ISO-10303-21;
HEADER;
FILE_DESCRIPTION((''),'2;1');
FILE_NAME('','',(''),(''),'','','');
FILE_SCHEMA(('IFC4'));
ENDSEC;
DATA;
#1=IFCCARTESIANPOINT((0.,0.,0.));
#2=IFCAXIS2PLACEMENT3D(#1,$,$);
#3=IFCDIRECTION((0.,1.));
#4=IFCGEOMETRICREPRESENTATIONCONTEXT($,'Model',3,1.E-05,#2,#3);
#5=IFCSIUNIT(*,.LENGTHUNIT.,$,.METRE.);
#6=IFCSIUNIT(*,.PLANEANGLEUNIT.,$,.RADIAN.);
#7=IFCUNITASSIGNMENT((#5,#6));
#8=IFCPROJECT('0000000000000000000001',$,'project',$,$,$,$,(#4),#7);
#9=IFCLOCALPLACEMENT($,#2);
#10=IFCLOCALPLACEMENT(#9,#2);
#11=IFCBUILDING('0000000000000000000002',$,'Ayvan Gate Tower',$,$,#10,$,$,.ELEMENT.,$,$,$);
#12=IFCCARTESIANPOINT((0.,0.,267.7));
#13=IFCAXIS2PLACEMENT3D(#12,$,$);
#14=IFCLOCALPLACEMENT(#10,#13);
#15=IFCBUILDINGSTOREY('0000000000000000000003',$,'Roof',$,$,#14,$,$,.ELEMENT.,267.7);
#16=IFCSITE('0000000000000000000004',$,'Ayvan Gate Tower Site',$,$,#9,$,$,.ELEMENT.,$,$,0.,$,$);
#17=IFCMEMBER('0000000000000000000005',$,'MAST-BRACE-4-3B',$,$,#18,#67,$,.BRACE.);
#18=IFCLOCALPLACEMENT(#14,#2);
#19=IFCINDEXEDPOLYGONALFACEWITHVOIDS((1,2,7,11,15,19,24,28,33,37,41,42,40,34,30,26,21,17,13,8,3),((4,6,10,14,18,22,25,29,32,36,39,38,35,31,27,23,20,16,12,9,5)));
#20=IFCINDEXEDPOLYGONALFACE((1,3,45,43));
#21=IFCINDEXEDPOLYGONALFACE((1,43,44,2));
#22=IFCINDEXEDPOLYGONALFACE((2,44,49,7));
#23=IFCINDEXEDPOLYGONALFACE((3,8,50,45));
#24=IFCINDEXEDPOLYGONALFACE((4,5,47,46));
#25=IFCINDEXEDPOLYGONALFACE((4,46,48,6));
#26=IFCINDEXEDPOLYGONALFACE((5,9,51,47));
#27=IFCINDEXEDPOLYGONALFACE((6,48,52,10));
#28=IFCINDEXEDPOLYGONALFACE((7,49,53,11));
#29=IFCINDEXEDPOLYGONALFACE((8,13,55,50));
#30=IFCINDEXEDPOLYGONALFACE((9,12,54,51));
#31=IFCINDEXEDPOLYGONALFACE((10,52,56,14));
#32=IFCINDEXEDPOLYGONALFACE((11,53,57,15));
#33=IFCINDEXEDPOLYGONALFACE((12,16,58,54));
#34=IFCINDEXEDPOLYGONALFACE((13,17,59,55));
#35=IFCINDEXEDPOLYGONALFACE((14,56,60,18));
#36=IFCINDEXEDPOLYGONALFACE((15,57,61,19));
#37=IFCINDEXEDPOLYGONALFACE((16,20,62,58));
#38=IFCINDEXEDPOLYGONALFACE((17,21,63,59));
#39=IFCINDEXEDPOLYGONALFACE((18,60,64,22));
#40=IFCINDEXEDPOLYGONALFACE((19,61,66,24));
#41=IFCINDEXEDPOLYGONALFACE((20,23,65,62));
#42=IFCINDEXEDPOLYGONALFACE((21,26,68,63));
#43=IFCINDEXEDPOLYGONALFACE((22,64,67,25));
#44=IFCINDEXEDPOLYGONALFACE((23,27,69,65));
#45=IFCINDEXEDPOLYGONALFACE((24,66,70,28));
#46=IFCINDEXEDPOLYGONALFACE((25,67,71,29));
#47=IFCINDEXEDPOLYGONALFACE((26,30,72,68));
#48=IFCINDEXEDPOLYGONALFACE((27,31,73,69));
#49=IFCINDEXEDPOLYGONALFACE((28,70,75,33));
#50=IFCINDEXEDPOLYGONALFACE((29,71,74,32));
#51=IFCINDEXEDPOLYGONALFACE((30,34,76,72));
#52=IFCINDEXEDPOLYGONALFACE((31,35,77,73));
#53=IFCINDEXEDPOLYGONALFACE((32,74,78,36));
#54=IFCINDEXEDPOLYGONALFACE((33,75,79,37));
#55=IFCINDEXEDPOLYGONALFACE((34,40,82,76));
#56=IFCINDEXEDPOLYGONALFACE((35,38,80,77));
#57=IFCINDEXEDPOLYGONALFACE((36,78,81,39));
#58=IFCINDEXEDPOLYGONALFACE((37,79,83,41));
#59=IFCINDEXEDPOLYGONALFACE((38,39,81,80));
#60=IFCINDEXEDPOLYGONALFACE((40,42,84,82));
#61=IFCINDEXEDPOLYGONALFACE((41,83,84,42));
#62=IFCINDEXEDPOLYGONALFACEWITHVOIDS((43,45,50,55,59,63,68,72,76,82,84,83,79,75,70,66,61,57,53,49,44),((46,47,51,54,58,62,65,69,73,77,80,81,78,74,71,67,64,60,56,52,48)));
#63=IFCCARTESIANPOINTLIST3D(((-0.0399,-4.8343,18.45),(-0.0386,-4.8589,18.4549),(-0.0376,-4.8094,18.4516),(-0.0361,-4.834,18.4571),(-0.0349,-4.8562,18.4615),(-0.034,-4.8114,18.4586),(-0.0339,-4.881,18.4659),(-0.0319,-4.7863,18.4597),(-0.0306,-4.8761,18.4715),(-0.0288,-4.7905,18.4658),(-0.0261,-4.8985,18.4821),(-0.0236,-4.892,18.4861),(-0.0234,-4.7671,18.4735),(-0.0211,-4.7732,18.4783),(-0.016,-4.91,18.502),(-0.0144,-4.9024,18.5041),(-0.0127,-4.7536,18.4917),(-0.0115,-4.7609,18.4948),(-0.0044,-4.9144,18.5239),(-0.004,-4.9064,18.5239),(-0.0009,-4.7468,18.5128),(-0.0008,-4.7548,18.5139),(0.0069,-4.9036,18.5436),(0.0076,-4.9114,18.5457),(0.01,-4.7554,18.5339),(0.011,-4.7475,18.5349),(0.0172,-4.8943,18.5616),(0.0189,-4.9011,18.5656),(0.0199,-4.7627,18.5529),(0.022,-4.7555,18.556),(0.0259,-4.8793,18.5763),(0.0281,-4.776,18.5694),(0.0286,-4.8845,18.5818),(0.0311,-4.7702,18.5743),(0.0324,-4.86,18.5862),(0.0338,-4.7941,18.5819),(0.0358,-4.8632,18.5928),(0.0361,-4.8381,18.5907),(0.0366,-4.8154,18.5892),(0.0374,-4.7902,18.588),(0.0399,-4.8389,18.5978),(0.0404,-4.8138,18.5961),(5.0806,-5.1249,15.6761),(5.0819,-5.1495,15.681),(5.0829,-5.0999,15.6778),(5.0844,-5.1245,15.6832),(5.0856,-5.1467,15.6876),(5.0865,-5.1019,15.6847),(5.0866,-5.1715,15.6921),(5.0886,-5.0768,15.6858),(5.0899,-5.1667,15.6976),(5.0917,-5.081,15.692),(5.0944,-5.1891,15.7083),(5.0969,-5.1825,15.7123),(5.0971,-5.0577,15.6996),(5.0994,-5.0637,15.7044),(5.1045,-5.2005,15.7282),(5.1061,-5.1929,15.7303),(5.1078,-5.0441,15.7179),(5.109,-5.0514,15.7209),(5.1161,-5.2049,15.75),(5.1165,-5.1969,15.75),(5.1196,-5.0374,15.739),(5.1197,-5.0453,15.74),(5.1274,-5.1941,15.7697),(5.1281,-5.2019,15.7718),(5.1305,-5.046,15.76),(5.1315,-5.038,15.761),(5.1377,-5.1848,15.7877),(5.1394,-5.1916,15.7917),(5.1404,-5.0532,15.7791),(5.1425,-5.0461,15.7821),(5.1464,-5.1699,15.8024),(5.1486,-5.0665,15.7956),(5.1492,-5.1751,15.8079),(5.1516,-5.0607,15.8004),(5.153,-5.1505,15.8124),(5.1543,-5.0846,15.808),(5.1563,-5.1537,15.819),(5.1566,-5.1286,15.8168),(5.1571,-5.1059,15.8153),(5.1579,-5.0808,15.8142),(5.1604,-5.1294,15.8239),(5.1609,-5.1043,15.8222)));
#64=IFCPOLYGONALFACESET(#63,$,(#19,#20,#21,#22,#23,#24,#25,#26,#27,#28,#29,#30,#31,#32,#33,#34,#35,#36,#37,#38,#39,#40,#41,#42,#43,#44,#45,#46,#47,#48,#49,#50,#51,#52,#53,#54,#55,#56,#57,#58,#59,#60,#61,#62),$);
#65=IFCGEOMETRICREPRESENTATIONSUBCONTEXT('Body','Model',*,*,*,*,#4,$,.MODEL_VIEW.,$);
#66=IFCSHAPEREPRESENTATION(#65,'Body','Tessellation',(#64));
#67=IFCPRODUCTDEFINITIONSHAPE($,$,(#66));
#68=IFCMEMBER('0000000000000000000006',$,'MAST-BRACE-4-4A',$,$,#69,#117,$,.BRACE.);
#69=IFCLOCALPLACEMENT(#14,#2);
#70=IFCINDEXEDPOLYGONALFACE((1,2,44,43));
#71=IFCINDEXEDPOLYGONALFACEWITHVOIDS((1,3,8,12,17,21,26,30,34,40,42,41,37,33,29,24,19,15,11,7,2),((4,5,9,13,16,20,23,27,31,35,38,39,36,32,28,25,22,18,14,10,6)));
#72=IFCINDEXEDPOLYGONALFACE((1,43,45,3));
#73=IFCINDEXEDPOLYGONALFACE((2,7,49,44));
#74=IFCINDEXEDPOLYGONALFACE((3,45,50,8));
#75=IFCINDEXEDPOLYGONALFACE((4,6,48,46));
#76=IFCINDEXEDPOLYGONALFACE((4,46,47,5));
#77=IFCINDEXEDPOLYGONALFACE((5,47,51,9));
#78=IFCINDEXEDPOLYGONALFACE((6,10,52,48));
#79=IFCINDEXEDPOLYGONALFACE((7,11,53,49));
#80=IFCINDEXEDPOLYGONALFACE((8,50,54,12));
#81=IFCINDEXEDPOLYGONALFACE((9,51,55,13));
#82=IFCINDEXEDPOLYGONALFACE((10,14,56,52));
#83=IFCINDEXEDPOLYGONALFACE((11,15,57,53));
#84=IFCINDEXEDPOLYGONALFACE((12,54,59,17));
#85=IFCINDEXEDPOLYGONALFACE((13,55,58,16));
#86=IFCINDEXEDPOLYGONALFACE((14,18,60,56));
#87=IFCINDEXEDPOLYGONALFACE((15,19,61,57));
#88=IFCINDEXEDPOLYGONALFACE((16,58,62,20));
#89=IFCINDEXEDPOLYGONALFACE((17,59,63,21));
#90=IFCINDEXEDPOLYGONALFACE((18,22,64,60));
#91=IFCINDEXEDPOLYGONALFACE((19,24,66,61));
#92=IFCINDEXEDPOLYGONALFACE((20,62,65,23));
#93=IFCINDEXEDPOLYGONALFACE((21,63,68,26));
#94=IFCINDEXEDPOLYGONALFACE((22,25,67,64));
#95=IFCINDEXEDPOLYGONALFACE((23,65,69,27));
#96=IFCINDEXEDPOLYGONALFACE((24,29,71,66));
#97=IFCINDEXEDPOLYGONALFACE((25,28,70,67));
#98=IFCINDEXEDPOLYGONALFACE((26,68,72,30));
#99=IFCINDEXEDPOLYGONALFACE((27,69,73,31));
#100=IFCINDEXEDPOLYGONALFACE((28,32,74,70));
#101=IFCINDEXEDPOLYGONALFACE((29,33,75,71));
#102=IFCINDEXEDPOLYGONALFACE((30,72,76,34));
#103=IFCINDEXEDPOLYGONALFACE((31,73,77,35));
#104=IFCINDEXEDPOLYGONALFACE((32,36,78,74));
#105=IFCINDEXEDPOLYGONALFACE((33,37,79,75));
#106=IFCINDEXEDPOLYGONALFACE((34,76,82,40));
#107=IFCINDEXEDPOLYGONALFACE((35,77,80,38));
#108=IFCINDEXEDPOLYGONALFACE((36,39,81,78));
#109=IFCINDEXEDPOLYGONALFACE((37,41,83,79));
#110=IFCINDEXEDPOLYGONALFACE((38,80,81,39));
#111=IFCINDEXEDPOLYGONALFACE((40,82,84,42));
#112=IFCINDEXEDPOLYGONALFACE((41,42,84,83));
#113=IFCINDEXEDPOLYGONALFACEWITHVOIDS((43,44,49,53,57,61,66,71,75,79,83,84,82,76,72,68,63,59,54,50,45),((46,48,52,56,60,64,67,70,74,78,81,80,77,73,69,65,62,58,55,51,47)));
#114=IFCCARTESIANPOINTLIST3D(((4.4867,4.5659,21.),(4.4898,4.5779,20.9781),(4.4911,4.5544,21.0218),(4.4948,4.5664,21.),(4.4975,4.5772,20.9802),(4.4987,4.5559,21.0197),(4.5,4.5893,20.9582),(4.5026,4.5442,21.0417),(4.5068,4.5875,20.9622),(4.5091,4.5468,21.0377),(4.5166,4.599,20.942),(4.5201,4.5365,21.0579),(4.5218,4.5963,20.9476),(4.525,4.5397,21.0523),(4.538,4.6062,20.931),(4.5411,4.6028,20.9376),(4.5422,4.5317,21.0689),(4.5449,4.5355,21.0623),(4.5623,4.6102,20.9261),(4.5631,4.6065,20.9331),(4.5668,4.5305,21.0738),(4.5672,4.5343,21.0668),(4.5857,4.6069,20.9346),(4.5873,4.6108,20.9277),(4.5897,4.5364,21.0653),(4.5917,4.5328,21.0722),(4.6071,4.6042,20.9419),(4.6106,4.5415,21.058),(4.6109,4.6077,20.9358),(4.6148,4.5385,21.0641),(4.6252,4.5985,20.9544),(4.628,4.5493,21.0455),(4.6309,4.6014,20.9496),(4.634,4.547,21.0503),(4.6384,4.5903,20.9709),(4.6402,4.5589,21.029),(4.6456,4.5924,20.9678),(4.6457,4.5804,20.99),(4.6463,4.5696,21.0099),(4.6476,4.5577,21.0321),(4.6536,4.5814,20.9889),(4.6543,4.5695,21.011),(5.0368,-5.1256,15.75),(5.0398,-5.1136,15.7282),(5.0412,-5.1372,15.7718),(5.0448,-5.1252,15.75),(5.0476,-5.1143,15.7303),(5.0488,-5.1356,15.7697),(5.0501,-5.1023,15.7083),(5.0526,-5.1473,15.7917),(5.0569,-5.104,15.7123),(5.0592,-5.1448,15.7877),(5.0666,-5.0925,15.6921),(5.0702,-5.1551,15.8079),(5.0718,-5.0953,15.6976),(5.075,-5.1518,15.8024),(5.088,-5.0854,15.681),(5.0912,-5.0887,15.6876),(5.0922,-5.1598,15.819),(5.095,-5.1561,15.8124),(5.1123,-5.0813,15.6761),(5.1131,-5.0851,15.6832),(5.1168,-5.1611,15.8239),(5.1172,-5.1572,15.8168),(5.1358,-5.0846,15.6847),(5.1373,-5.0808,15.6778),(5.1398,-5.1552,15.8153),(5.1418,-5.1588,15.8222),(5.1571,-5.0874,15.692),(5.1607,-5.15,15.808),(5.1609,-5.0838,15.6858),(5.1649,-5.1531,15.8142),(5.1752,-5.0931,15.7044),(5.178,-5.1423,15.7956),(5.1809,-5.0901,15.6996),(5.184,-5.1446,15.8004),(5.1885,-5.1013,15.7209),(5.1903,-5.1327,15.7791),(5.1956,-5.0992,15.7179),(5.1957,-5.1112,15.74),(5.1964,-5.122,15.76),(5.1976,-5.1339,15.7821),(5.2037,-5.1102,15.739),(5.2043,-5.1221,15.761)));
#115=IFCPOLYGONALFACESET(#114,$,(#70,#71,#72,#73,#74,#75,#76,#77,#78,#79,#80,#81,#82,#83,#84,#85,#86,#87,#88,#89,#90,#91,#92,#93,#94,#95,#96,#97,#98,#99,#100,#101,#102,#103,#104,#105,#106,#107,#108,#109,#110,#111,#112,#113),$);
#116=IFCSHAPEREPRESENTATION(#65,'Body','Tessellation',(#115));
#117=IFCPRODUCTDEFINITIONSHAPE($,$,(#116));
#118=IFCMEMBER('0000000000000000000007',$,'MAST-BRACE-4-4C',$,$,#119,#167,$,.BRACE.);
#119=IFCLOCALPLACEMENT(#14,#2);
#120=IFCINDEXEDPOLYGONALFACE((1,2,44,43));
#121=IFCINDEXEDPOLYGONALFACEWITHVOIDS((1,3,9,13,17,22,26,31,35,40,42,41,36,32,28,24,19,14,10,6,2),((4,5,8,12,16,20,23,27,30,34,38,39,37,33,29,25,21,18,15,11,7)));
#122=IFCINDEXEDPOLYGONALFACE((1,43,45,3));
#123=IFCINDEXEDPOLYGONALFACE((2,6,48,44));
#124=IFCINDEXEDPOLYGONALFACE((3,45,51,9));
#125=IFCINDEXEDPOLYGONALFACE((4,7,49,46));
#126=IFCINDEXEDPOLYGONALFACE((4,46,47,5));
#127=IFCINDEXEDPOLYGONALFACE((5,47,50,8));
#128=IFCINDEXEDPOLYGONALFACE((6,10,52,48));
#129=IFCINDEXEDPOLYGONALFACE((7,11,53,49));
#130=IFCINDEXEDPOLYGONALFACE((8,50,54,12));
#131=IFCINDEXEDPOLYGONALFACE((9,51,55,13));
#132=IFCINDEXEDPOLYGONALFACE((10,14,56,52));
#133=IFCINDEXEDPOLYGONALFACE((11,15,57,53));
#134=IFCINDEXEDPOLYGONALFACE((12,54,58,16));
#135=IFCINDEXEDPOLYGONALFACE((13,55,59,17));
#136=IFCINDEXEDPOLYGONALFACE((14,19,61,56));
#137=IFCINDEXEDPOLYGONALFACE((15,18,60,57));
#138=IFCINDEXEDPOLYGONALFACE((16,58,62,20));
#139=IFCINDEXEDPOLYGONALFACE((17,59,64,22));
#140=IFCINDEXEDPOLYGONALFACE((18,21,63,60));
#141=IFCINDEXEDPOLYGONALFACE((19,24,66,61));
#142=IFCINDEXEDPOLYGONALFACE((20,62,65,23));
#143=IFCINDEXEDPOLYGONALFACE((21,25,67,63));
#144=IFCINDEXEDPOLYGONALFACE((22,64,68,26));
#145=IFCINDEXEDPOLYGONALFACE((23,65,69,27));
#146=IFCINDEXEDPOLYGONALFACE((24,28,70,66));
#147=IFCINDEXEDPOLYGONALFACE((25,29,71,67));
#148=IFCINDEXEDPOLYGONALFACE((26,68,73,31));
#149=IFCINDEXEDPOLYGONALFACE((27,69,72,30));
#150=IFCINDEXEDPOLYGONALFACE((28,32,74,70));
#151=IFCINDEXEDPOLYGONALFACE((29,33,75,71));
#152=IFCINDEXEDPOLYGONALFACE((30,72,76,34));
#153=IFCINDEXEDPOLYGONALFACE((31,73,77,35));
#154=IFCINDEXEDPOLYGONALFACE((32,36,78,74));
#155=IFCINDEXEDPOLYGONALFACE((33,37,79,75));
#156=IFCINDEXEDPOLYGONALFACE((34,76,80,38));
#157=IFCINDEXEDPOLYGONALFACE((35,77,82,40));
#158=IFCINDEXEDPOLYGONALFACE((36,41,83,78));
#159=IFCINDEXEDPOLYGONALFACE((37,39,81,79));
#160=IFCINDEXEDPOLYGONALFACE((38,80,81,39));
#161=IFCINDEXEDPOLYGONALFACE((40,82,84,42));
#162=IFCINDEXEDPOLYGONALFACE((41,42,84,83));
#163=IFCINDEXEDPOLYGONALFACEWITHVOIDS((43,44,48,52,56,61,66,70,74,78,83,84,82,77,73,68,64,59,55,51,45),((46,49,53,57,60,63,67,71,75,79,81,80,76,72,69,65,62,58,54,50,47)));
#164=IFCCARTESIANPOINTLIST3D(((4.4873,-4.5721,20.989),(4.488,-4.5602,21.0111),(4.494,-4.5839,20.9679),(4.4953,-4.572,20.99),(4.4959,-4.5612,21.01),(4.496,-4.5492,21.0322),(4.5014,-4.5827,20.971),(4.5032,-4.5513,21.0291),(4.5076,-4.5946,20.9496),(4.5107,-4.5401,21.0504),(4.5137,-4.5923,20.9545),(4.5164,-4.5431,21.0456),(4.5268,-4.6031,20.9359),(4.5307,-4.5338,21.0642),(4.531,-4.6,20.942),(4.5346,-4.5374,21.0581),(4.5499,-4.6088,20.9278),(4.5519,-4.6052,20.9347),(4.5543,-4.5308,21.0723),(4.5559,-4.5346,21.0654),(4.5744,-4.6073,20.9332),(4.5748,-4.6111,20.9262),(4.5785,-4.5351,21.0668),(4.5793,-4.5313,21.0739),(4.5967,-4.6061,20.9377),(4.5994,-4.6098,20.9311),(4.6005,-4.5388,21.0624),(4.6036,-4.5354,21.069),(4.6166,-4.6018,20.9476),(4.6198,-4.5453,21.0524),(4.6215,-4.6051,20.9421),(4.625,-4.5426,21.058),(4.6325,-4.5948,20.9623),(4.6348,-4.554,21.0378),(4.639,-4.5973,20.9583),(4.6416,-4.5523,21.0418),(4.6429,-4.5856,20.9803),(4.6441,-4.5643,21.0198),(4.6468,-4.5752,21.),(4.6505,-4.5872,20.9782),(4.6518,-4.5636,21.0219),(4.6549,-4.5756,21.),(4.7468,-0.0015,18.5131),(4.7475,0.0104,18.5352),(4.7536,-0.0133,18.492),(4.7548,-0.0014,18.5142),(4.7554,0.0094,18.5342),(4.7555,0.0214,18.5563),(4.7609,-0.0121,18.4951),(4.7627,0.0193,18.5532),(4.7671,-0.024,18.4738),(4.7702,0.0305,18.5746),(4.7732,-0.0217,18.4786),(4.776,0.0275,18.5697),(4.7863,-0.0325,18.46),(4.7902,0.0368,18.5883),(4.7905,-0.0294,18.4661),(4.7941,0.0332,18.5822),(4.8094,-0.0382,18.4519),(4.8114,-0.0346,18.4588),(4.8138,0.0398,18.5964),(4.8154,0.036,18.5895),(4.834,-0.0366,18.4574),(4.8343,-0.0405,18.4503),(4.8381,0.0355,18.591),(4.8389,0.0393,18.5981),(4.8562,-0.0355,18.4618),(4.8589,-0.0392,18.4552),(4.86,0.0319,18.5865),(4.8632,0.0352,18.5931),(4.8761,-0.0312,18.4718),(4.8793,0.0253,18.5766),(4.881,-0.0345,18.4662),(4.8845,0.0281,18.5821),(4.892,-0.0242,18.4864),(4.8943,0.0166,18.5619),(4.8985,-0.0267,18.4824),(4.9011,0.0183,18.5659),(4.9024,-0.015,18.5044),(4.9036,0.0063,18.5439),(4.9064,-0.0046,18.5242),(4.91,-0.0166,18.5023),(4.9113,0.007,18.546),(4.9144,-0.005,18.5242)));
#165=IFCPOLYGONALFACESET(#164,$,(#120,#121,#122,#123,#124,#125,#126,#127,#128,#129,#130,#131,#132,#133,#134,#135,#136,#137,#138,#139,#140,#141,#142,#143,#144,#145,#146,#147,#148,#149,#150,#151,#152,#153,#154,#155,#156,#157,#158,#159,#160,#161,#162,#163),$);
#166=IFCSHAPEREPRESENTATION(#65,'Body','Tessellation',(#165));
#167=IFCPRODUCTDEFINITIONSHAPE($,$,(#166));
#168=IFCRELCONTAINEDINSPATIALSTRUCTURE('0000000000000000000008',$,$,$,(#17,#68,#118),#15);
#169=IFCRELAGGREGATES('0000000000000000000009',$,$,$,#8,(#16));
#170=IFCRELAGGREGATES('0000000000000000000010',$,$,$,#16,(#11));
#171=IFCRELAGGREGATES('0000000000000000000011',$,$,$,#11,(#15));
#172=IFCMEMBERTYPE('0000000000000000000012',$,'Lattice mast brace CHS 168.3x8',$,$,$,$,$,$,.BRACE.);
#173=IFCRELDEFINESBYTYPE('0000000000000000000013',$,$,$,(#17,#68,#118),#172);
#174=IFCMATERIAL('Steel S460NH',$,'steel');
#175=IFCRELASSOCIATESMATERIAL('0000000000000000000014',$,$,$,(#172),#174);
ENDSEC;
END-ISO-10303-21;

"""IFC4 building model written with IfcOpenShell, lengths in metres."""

from ifc_helpers import new_model, si_unit, direction, frame, origin, origin_2d, place, context, subcontext, project, spatial, hollow_circle, extrude, material, material_profile, profile_set, type_object, element, save


model = new_model("IFC4")

# Units and contexts
model_context = context("Model", 3, precision=1e-05, world=origin(), true_north=direction((0.0, 1.0)))
body_context = subcontext(model_context, "Body", "Model", "MODEL_VIEW")
ifc_project = project(units=[si_unit("LENGTHUNIT", "METRE"), si_unit("PLANEANGLEUNIT", "RADIAN")], contexts=[model_context])

# Site, building, storey
site_placement = place(None, origin())
site = spatial("IfcSite", under=ifc_project, at=site_placement, Name="Ayvan Gate Tower Site", CompositionType="ELEMENT", RefElevation=0.0)
building_placement = place(site_placement, origin())
building = spatial("IfcBuilding", under=site, at=building_placement, Name="Ayvan Gate Tower", CompositionType="ELEMENT")
storey_placement = place(building_placement, frame((0.0, 0.0, 267.7)))
storey = spatial("IfcBuildingStorey", under=building, at=storey_placement, Name="Roof", CompositionType="ELEMENT", Elevation=267.7)

# Members
ifc_material_1 = material(Name="Steel S460NH", Category="steel")
ifc_material_profile_1 = material_profile(ifc_material_1, hollow_circle(Radius=0.0842, WallThickness=0.0081, at=origin_2d()), Name="CHS 168.3x8")
ifc_profile_set_1 = profile_set([ifc_material_profile_1], Name="Steel S460NH")
member_type_1 = type_object("IfcMemberType", Name="Lattice mast brace CHS 168.3x8", PredefinedType="BRACE", material=ifc_profile_set_1)
member_1_placement = place(storey_placement, frame((5.1208, -5.1208, 15.75), z_axis=(-0.878181, 0.049825, 0.475727), x_axis=(-0.056646, -0.998394, 0.0)))
element("IfcMember", 1, at=member_1_placement, inside=storey, type_object=member_type_1, Name="MAST-BRACE-4-3B", PredefinedType="BRACE", context=body_context, shape_type="SweptSolid", body=[
    extrude(hollow_circle(Radius=0.0842, WallThickness=0.0081, at=origin_2d()), origin(), (0.0, 0.0, 1.0), 5.8308),
])
member_2_placement = place(storey_placement, frame((5.1208, -5.1208, 15.75), z_axis=(-0.049841, 0.878186, 0.475716), x_axis=(-0.998393, -0.056664, 0.0)))
element("IfcMember", 2, at=member_2_placement, inside=storey, type_object=member_type_1, Name="MAST-BRACE-4-4A", PredefinedType="BRACE", context=body_context, shape_type="SweptSolid", body=[
    extrude(hollow_circle(Radius=0.0842, WallThickness=0.0081, at=origin_2d()), origin(), (0.0, 0.0, 1.0), 11.0359),
])
member_3_placement = place(storey_placement, frame((4.8303, -0.0002, 18.5242), z_axis=(-0.049865, -0.878189, 0.475707), x_axis=(0.998392, -0.05669, 0.0)))
element("IfcMember", 3, at=member_3_placement, inside=storey, type_object=member_type_1, Name="MAST-BRACE-4-4C", PredefinedType="BRACE", context=body_context, shape_type="SweptSolid", body=[
    extrude(hollow_circle(Radius=0.0842, WallThickness=0.0081, at=origin_2d()), origin(), (0.0, 0.0, 1.0), 5.2046),
])

save(model, "model.ifc")
